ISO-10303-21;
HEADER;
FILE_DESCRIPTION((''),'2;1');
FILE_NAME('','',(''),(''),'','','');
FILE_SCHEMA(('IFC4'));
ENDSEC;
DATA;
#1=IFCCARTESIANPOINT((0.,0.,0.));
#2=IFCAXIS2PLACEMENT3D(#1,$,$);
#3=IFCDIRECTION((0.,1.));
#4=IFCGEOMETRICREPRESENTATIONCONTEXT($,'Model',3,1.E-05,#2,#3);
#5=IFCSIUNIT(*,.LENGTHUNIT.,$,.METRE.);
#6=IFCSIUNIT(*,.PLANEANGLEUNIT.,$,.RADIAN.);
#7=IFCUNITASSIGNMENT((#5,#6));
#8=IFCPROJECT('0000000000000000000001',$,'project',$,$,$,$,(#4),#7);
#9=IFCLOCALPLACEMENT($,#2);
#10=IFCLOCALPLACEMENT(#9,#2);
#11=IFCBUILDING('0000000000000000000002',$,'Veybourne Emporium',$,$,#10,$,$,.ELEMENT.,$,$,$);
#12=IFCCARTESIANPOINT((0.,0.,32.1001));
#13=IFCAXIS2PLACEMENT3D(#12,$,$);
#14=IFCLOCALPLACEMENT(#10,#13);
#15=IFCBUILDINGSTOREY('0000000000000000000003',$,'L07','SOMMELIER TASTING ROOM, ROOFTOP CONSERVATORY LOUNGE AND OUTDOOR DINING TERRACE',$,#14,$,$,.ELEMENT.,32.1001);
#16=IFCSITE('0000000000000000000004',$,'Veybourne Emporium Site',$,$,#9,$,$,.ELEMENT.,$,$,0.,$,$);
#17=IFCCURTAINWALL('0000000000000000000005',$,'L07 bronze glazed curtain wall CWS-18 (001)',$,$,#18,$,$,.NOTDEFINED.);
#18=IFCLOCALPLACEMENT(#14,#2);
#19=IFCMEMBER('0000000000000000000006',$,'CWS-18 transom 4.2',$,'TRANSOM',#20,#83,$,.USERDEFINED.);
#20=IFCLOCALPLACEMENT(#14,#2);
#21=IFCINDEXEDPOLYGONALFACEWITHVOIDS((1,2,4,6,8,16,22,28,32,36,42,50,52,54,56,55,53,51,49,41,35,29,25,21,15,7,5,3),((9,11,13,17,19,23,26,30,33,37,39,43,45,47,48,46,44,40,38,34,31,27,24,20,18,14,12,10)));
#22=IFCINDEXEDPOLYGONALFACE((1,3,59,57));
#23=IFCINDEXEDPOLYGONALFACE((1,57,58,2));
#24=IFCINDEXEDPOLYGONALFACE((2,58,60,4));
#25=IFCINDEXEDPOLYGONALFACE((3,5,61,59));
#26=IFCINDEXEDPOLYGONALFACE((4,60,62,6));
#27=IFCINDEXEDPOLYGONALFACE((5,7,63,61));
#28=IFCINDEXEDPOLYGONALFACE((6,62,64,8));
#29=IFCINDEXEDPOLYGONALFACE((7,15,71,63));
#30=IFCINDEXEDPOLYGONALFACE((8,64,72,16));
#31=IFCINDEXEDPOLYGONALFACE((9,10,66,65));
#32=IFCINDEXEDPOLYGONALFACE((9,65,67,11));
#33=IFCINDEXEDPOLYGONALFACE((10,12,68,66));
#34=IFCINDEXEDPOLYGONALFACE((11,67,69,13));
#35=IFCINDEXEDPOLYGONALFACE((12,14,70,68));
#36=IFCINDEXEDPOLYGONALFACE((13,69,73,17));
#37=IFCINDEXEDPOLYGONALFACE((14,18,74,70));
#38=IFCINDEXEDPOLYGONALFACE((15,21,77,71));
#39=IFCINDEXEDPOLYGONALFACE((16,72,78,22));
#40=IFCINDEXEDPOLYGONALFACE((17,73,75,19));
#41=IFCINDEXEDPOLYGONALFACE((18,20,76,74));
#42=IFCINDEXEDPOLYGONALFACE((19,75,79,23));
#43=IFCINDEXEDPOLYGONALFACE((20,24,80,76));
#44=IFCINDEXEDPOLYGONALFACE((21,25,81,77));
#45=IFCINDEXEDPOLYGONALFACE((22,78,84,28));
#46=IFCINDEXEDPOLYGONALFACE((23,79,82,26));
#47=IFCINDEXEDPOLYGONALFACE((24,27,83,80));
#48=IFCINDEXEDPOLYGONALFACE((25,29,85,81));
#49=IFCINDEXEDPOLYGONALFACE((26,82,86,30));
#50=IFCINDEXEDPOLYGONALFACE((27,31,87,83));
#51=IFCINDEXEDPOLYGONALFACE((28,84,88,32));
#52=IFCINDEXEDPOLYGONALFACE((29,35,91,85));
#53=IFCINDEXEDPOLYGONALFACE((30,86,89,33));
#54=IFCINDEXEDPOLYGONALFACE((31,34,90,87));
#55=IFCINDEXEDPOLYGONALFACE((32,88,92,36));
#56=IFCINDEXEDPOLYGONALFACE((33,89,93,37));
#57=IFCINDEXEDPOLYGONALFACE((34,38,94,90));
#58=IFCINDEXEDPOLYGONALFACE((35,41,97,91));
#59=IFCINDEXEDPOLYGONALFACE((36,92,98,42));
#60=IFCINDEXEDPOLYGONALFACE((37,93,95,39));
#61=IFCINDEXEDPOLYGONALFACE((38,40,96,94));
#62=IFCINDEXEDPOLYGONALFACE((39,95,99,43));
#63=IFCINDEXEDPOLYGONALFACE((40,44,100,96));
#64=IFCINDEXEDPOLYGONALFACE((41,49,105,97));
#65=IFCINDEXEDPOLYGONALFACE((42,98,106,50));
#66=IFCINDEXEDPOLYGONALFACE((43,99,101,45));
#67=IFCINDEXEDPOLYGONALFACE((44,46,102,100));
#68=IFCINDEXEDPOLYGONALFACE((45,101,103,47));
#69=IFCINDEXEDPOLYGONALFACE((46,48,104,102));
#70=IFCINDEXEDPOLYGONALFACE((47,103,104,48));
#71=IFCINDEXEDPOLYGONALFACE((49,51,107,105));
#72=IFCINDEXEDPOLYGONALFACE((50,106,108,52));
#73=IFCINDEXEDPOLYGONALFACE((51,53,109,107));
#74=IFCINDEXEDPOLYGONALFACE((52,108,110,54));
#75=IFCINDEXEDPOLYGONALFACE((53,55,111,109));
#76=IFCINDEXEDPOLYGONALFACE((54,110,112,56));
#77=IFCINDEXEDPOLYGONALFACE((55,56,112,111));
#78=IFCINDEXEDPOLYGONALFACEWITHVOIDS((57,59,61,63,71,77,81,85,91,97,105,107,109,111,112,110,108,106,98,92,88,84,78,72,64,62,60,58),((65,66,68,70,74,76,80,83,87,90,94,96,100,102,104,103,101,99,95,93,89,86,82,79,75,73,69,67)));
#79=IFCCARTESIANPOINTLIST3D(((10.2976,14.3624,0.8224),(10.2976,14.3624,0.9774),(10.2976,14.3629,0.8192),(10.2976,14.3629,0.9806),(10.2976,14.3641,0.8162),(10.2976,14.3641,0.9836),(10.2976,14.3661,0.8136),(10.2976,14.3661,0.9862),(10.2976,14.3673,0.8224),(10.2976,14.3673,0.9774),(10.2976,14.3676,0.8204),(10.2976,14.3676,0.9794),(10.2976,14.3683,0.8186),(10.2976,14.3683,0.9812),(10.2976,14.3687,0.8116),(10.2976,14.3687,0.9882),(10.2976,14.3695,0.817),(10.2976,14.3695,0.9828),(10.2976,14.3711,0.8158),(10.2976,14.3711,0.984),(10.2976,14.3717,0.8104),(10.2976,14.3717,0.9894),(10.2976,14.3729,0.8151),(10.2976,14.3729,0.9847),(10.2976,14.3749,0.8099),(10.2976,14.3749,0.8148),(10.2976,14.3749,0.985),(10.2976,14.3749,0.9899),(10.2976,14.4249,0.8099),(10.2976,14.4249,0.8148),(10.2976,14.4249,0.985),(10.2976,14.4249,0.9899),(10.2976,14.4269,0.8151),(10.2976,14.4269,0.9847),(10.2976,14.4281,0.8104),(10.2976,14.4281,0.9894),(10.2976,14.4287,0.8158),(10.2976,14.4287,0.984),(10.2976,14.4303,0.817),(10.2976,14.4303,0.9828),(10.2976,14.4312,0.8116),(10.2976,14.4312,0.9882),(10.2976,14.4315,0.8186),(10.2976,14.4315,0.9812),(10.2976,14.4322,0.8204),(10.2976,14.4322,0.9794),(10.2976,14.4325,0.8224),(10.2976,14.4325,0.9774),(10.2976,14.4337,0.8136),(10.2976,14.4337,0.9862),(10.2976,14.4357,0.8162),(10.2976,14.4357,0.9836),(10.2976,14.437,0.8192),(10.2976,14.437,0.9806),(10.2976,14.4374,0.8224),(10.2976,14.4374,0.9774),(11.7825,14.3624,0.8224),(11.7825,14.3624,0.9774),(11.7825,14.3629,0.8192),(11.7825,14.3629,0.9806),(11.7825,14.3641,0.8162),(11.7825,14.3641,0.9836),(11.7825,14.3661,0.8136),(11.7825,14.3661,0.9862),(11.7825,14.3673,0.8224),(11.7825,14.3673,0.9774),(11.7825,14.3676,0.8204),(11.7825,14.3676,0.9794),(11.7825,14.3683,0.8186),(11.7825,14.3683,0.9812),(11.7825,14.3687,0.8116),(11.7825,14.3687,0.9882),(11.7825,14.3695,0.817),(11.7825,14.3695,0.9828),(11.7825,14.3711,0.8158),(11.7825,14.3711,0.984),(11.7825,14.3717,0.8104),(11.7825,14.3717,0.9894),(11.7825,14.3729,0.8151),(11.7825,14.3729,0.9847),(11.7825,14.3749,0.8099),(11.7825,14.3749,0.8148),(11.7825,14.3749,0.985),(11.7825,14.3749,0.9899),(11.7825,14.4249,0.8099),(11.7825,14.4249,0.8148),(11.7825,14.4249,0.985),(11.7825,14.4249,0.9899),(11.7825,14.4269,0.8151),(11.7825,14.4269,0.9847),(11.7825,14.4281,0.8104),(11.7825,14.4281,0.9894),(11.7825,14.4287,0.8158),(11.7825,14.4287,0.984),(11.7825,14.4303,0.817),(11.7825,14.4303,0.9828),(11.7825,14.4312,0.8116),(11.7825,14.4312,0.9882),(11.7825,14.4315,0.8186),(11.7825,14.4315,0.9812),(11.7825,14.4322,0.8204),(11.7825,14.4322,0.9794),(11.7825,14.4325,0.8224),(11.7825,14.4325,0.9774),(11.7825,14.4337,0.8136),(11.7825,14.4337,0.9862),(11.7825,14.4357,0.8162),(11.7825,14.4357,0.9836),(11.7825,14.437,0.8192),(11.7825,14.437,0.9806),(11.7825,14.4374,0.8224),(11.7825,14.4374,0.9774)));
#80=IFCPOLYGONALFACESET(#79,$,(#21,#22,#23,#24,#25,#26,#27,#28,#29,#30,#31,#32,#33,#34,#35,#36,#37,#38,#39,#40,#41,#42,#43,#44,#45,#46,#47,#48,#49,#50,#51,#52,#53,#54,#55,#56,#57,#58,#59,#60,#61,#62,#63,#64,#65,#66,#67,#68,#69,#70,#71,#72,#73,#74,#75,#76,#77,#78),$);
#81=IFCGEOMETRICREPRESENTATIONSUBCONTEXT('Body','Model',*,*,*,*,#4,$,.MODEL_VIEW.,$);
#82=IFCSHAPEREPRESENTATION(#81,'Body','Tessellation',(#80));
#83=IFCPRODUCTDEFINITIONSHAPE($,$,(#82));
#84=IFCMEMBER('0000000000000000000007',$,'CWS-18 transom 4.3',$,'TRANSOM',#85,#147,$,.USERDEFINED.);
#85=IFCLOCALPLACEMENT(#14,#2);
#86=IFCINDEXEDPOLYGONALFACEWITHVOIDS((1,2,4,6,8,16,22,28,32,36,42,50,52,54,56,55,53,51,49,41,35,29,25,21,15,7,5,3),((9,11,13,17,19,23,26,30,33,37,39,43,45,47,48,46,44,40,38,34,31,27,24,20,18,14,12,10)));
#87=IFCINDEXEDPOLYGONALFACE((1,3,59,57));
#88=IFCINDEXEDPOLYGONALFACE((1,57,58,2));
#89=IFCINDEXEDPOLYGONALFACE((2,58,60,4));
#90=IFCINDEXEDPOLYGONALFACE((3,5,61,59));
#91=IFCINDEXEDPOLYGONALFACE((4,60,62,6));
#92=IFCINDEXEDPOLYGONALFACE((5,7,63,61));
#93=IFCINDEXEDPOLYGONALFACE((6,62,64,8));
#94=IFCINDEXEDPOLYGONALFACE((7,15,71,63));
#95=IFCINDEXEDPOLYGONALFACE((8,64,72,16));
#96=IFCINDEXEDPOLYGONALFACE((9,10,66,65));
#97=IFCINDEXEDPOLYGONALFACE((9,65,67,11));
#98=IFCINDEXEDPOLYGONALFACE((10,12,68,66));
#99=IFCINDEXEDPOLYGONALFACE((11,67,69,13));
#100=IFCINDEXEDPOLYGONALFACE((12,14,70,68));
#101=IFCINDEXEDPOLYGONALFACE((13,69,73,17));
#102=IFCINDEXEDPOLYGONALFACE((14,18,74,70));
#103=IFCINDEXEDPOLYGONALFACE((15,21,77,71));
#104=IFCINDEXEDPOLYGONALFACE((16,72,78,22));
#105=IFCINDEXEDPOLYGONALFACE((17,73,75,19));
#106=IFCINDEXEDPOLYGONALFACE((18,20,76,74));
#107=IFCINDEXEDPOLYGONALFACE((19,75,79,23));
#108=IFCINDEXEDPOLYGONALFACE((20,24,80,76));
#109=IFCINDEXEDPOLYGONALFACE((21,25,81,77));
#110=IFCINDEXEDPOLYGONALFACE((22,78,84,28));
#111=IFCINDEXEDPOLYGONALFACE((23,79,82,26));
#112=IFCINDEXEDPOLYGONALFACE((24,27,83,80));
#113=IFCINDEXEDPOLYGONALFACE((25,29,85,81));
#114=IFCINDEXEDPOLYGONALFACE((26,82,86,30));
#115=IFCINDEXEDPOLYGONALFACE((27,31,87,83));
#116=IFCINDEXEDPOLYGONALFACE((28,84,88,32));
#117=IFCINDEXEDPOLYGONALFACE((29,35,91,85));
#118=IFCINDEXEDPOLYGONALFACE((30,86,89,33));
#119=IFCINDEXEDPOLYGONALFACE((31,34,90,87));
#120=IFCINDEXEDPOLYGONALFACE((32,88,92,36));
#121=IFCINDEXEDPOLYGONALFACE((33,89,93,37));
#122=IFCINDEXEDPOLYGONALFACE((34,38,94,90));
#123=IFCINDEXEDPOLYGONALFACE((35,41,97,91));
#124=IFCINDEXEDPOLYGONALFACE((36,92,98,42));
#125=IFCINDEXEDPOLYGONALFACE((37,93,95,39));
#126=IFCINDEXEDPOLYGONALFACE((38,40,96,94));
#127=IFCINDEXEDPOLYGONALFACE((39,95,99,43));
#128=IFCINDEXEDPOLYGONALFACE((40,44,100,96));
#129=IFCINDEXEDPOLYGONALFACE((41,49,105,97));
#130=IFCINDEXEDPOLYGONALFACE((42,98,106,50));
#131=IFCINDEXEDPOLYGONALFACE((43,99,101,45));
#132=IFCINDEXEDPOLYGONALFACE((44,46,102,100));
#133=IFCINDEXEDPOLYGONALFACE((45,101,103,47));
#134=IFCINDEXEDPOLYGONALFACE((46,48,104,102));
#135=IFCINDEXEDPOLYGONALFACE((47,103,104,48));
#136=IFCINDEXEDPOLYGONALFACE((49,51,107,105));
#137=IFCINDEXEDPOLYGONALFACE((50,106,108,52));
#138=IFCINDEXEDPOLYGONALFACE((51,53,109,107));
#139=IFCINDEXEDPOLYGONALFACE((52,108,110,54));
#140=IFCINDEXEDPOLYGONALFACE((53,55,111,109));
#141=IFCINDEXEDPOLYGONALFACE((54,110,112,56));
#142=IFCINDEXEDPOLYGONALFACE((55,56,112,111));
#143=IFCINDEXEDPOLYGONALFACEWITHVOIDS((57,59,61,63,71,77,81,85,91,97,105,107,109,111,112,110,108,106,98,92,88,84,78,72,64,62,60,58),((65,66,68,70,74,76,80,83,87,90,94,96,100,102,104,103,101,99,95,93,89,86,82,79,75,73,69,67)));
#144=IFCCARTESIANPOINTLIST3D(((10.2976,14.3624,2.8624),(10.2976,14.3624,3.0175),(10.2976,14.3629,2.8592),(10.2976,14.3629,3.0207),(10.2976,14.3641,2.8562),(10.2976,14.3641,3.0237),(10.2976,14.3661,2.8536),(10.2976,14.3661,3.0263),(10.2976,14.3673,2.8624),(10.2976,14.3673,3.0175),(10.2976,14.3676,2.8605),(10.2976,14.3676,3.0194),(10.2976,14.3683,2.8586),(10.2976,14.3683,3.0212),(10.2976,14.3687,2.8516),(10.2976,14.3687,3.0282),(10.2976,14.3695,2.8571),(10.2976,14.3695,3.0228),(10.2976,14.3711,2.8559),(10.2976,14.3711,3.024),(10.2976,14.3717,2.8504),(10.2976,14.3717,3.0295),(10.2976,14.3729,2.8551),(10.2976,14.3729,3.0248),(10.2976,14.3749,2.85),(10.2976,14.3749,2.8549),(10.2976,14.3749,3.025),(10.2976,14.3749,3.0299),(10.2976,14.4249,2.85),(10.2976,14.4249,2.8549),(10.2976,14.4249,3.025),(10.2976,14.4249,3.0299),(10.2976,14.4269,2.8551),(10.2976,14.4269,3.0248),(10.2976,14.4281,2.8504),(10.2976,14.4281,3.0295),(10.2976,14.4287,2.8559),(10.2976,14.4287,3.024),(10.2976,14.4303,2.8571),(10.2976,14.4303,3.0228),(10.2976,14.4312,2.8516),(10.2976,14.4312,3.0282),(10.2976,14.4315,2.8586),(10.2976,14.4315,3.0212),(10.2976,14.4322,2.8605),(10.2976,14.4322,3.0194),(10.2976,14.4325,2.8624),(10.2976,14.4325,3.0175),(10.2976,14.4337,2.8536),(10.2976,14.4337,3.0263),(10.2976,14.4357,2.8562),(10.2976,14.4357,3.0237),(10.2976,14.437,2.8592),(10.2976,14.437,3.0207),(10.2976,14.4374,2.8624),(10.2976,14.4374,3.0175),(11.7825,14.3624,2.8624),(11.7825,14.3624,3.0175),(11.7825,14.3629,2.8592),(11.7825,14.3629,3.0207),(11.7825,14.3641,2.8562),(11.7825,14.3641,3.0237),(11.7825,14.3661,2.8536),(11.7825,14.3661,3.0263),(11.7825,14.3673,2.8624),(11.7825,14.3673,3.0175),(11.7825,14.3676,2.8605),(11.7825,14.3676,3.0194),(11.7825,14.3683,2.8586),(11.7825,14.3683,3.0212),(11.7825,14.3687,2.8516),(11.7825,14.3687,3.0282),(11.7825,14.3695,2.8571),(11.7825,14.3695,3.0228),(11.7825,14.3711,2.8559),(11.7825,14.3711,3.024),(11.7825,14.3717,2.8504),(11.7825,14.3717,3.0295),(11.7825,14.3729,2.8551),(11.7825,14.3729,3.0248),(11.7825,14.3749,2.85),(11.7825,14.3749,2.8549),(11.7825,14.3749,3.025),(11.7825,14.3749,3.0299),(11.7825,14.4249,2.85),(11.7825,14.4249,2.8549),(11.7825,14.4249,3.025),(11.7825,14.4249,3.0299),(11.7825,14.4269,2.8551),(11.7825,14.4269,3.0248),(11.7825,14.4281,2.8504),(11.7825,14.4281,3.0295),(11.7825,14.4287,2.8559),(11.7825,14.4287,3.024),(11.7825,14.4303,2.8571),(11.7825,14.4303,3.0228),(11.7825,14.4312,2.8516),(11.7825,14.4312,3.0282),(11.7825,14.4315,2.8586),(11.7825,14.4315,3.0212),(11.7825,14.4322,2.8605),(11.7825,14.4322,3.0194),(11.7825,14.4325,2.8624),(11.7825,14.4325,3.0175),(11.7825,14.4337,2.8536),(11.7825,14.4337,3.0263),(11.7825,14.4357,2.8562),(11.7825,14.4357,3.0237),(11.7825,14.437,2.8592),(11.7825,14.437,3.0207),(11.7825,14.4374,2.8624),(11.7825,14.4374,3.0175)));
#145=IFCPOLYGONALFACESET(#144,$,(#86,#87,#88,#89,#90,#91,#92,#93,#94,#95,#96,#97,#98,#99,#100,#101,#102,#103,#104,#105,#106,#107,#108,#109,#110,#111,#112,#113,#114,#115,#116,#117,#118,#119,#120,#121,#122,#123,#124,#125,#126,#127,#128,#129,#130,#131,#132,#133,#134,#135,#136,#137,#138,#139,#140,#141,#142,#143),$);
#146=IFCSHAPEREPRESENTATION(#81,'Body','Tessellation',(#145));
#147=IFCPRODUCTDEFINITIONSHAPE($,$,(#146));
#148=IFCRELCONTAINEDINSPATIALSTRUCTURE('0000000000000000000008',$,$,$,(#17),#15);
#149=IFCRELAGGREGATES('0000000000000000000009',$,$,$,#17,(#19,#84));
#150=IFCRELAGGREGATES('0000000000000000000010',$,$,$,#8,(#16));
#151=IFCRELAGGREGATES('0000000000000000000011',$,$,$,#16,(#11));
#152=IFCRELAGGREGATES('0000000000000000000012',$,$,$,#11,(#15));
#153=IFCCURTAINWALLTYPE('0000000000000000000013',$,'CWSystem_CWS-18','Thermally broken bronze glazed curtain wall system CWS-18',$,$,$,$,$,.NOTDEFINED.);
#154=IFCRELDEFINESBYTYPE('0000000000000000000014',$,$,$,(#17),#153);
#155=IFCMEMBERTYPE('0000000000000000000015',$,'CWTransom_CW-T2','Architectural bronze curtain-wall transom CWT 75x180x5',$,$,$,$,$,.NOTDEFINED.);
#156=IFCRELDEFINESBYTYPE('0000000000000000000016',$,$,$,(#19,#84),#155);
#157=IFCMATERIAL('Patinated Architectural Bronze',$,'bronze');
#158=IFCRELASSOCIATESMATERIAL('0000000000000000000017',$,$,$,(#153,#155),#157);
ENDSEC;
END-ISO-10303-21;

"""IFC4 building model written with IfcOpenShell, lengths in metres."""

from ifc_helpers import new_model, si_unit, direction, frame, origin, origin_2d, place, context, subcontext, project, spatial, hollow_rectangle, extrude, material, material_profile, profile_set, type_object, element, aggregate, save


model = new_model("IFC4")

# Units and contexts
model_context = context("Model", 3, precision=1e-05, world=origin(), true_north=direction((0.0, 1.0)))
body_context = subcontext(model_context, "Body", "Model", "MODEL_VIEW")
ifc_project = project(units=[si_unit("LENGTHUNIT", "METRE"), si_unit("PLANEANGLEUNIT", "RADIAN")], contexts=[model_context])

# Site, building, storey
site_placement = place(None, origin())
site = spatial("IfcSite", under=ifc_project, at=site_placement, Name="Veybourne Emporium Site", CompositionType="ELEMENT", RefElevation=0.0)
building_placement = place(site_placement, origin())
building = spatial("IfcBuilding", under=site, at=building_placement, Name="Veybourne Emporium", CompositionType="ELEMENT")
storey_placement = place(building_placement, frame((0.0, 0.0, 32.1001)))
storey = spatial("IfcBuildingStorey", under=building, at=storey_placement, Name="L07", Description="SOMMELIER TASTING ROOM, ROOFTOP CONSERVATORY LOUNGE AND OUTDOOR DINING TERRACE", CompositionType="ELEMENT", Elevation=32.1001)

# Curtain wall
ifc_material_1 = material(Name="Patinated Architectural Bronze", Category="bronze")
curtain_wall_type_1 = type_object("IfcCurtainWallType", Name="CWSystem_CWS-18", Description="Thermally broken bronze glazed curtain wall system CWS-18", PredefinedType="NOTDEFINED", material=ifc_material_1)
curtain_wall_1_placement = place(storey_placement, origin())
curtain_wall_1 = element("IfcCurtainWall", 1, at=curtain_wall_1_placement, inside=storey, type_object=curtain_wall_type_1, Name="L07 bronze glazed curtain wall CWS-18 (001)", PredefinedType="NOTDEFINED")

# Members
ifc_material_profile_1 = material_profile(ifc_material_1, hollow_rectangle(XDim=0.075, YDim=0.1799, WallThickness=0.0049, InnerFilletRadius=0.0076, OuterFilletRadius=0.0125, at=origin_2d()), Name="CWT 75x180x5")
ifc_profile_set_1 = profile_set([ifc_material_profile_1], Name="Patinated Architectural Bronze")
member_type_1 = type_object("IfcMemberType", Name="CWTransom_CW-T2", Description="Architectural bronze curtain-wall transom CWT 75x180x5", PredefinedType="NOTDEFINED", material=ifc_profile_set_1)
member_1_placement = place(storey_placement, frame((11.7825, 14.3999, 0.8999), z_axis=(-1.0, 0.0, 0.0), x_axis=(0.0, -1.0, 0.0)))
member_1 = element("IfcMember", 2, at=member_1_placement, type_object=member_type_1, Name="CWS-18 transom 4.2", ObjectType="TRANSOM", PredefinedType="USERDEFINED", context=body_context, shape_type="SweptSolid", body=[
    extrude(hollow_rectangle(XDim=0.075, YDim=0.1799, WallThickness=0.0049, InnerFilletRadius=0.0076, OuterFilletRadius=0.0125, at=origin_2d()), origin(), (0.0, 0.0, 1.0), 1.4849),
])
member_2_placement = place(storey_placement, frame((11.7825, 14.3999, 2.9399), z_axis=(-1.0, 0.0, 0.0), x_axis=(0.0, -1.0, 0.0)))
member_2 = element("IfcMember", 3, at=member_2_placement, type_object=member_type_1, Name="CWS-18 transom 4.3", ObjectType="TRANSOM", PredefinedType="USERDEFINED", context=body_context, shape_type="SweptSolid", body=[
    extrude(hollow_rectangle(XDim=0.075, YDim=0.1799, WallThickness=0.0049, InnerFilletRadius=0.0076, OuterFilletRadius=0.0125, at=origin_2d()), origin(), (0.0, 0.0, 1.0), 1.4849),
])

aggregate(curtain_wall_1, [member_1, member_2])

save(model, "model.ifc")
